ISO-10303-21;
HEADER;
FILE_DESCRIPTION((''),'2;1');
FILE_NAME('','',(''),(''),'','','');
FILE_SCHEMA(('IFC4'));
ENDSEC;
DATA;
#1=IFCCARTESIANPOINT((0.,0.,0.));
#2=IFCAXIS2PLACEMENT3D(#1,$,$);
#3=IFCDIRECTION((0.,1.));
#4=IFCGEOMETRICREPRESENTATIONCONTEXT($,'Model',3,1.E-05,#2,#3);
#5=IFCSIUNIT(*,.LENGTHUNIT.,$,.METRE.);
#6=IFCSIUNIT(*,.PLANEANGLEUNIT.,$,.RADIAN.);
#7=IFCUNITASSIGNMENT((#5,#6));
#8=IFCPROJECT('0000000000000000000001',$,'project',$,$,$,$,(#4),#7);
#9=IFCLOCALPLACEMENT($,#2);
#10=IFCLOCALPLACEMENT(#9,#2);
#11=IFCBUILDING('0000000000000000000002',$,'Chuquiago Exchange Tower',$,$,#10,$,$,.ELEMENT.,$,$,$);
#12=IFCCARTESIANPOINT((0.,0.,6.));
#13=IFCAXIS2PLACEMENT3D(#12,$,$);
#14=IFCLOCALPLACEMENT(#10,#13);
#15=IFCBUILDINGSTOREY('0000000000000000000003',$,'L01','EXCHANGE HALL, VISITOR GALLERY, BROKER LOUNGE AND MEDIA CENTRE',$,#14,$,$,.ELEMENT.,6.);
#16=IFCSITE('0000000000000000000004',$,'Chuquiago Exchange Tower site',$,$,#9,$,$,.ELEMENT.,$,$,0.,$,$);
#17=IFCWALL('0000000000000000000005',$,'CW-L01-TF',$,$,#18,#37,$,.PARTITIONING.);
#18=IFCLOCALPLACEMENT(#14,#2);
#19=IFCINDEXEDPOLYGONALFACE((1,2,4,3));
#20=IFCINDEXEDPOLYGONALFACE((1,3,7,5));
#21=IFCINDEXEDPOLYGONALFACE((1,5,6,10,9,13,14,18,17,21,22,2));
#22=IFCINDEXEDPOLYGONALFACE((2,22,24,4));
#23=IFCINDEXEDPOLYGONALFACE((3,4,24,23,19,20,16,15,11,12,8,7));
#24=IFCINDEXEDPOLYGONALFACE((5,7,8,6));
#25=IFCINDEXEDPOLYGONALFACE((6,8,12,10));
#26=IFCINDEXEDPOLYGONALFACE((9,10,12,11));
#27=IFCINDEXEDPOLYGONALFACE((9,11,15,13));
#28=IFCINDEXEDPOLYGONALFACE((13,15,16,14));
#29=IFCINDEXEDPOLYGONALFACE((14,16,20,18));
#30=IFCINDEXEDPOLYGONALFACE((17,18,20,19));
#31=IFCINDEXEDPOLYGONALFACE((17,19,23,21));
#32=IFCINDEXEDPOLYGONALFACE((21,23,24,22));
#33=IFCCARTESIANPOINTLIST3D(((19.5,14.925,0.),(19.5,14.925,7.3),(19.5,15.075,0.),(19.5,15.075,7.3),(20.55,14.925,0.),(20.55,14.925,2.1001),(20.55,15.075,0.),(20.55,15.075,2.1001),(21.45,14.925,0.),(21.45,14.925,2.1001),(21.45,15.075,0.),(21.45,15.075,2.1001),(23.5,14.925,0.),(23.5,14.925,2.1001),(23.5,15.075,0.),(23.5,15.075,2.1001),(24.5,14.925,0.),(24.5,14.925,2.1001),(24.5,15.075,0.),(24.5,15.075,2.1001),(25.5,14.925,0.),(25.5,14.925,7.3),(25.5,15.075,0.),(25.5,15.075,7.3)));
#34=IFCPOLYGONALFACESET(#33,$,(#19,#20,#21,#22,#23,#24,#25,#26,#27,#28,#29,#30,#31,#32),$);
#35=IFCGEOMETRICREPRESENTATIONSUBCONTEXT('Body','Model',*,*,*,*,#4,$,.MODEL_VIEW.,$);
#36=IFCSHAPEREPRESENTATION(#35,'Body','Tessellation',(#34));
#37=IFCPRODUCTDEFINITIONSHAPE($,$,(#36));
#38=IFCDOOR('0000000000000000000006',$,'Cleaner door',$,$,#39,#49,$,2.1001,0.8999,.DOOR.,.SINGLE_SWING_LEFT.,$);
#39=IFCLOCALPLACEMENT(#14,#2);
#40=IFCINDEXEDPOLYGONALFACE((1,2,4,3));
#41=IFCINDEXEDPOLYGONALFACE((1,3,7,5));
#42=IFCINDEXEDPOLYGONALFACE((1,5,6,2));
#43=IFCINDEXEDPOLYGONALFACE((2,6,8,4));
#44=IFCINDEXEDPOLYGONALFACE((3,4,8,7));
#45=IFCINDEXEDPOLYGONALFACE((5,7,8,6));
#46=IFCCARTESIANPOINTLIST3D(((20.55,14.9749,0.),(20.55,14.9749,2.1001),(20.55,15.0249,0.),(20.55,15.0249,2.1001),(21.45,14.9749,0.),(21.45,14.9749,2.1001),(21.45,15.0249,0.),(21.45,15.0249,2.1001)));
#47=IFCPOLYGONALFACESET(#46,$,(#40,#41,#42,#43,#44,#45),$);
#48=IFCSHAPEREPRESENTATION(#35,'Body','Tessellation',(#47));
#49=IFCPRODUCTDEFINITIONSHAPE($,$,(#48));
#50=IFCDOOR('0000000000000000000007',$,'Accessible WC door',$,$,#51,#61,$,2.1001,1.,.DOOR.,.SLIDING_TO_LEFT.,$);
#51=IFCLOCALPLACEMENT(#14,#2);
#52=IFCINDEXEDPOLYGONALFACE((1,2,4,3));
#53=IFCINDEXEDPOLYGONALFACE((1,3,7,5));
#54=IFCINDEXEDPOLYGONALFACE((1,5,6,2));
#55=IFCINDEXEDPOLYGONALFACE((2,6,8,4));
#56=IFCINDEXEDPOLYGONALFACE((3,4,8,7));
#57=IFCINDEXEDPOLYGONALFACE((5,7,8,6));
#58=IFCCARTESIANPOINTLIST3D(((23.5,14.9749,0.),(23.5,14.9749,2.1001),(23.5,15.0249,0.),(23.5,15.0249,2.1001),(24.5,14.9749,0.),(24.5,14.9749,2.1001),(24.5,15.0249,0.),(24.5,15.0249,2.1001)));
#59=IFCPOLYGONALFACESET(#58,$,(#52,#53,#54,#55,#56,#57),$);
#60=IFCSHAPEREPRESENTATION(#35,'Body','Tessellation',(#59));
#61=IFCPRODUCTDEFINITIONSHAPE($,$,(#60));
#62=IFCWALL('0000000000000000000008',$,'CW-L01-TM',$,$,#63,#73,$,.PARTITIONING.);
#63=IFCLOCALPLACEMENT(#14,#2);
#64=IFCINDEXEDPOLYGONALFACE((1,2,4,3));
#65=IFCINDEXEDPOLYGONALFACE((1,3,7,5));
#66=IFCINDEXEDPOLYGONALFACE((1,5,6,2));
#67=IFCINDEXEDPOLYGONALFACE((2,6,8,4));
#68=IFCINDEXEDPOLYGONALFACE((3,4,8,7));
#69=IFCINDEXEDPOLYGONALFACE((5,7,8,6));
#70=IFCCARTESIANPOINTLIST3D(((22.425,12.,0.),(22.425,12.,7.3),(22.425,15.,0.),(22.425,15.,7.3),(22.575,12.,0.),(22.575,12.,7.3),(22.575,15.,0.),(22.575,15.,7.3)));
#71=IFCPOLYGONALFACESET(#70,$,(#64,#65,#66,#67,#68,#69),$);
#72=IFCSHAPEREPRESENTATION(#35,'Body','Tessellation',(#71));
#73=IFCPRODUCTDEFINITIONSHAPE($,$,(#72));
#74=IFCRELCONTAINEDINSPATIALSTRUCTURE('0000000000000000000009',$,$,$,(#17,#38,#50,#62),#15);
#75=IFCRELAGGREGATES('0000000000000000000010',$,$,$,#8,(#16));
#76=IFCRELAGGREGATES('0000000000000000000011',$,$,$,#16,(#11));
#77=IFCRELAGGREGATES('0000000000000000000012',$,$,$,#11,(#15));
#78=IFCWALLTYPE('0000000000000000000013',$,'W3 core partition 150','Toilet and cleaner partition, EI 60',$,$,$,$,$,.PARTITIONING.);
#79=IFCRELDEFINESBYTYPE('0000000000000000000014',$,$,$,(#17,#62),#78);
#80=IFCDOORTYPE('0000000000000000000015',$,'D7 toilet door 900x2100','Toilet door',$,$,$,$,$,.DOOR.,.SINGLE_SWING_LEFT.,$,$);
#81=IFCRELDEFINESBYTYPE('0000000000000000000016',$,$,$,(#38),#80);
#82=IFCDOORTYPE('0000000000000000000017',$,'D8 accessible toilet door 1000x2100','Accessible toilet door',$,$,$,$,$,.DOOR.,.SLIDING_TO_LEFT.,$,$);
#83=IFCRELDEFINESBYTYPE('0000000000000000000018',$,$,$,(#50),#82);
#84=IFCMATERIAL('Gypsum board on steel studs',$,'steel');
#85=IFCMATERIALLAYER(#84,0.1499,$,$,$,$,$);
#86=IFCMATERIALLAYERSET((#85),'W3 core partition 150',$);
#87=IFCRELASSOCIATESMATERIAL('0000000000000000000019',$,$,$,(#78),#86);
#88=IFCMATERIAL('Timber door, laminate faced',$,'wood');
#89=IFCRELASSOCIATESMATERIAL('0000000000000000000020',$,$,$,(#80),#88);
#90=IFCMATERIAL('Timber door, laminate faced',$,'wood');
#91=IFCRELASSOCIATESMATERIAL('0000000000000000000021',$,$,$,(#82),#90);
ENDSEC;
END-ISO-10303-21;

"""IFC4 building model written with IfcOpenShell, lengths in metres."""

from ifc_helpers import new_model, si_unit, direction, frame, frame_2d, origin, place, context, subcontext, project, spatial, rectangle, extrude, material, layer, layer_set, type_object, element, fill, save


model = new_model("IFC4")

# Units and contexts
model_context = context("Model", 3, precision=1e-05, world=origin(), true_north=direction((0.0, 1.0)))
body_context = subcontext(model_context, "Body", "Model", "MODEL_VIEW")
ifc_project = project(units=[si_unit("LENGTHUNIT", "METRE"), si_unit("PLANEANGLEUNIT", "RADIAN")], contexts=[model_context])

# Site, building, storey
site_placement = place(None, origin())
site = spatial("IfcSite", under=ifc_project, at=site_placement, Name="Chuquiago Exchange Tower site", CompositionType="ELEMENT", RefElevation=0.0)
building_placement = place(site_placement, origin())
building = spatial("IfcBuilding", under=site, at=building_placement, Name="Chuquiago Exchange Tower", CompositionType="ELEMENT")
storey_placement = place(building_placement, frame((0.0, 0.0, 6.0)))
storey = spatial("IfcBuildingStorey", under=building, at=storey_placement, Name="L01", Description="EXCHANGE HALL, VISITOR GALLERY, BROKER LOUNGE AND MEDIA CENTRE", CompositionType="ELEMENT", Elevation=6.0)

# Wall, openings, doors
ifc_material_1 = material(Name="Gypsum board on steel studs", Category="steel")
ifc_layer_1 = layer(ifc_material_1, 0.1499)
ifc_layer_set_1 = layer_set([ifc_layer_1], Name="W3 core partition 150")
wall_type_1 = type_object("IfcWallType", Name="W3 core partition 150", Description="Toilet and cleaner partition, EI 60", PredefinedType="PARTITIONING", material=ifc_layer_set_1)
wall_1_placement = place(storey_placement, frame((19.5, 15.0, 0.0), z_axis=(0.0, 0.0, 1.0), x_axis=(1.0, 0.0, 0.0)))
wall_1 = element("IfcWall", 1, at=wall_1_placement, inside=storey, type_object=wall_type_1, Name="CW-L01-TF", PredefinedType="PARTITIONING", context=body_context, shape_type="SweptSolid", body=[
    extrude(rectangle(XDim=6.0, YDim=0.1499, at=frame_2d((3.0, 0.0))), origin(), (0.0, 0.0, 1.0), 7.3),
])
opening_1_placement = place(wall_1_placement, frame((4.0, 0.0, 0.0)))
opening_1 = element("IfcOpeningElement", 2, at=opening_1_placement, cuts=wall_1, PredefinedType="OPENING", context=body_context, shape_type="SweptSolid", body=[
    extrude(rectangle(XDim=1.0, YDim=2.1001, at=frame_2d((0.5, 1.05))), frame((0.0, 0.085, 0.0), z_axis=(0.0, -1.0, 0.0), x_axis=(1.0, 0.0, 0.0)), (0.0, 0.0, 1.0), 0.1699),
])
opening_2_placement = place(wall_1_placement, frame((1.05, 0.0, 0.0)))
opening_2 = element("IfcOpeningElement", 3, at=opening_2_placement, cuts=wall_1, PredefinedType="OPENING", context=body_context, shape_type="SweptSolid", body=[
    extrude(rectangle(XDim=0.8999, YDim=2.1001, at=frame_2d((0.45, 1.05))), frame((0.0, 0.085, 0.0), z_axis=(0.0, -1.0, 0.0), x_axis=(1.0, 0.0, 0.0)), (0.0, 0.0, 1.0), 0.1699),
])
ifc_material_2 = material(Name="Timber door, laminate faced", Category="wood")
door_type_1 = type_object("IfcDoorType", Name="D7 toilet door 900x2100", Description="Toilet door", OperationType="SINGLE_SWING_LEFT", PredefinedType="DOOR", material=ifc_material_2)
door_1_placement = place(opening_2_placement, origin())
door_1 = element("IfcDoor", 4, at=door_1_placement, inside=storey, type_object=door_type_1, Name="Cleaner door", OperationType="SINGLE_SWING_LEFT", OverallHeight=2.1001, OverallWidth=0.8999, PredefinedType="DOOR", context=body_context, shape_type="SweptSolid", body=[
    extrude(rectangle(XDim=0.8999, YDim=2.1001, at=frame_2d((0.45, 1.05))), frame((0.0, 0.0249, 0.0), z_axis=(0.0, -1.0, 0.0), x_axis=(1.0, 0.0, 0.0)), (0.0, 0.0, 1.0), 0.05),
])
fill(opening_2, door_1)
ifc_material_3 = material(Name="Timber door, laminate faced", Category="wood")
door_type_2 = type_object("IfcDoorType", Name="D8 accessible toilet door 1000x2100", Description="Accessible toilet door", OperationType="SLIDING_TO_LEFT", PredefinedType="DOOR", material=ifc_material_3)
door_2_placement = place(opening_1_placement, origin())
door_2 = element("IfcDoor", 5, at=door_2_placement, inside=storey, type_object=door_type_2, Name="Accessible WC door", OperationType="SLIDING_TO_LEFT", OverallHeight=2.1001, OverallWidth=1.0, PredefinedType="DOOR", context=body_context, shape_type="SweptSolid", body=[
    extrude(rectangle(XDim=1.0, YDim=2.1001, at=frame_2d((0.5, 1.05))), frame((0.0, 0.0249, 0.0), z_axis=(0.0, -1.0, 0.0), x_axis=(1.0, 0.0, 0.0)), (0.0, 0.0, 1.0), 0.05),
])
fill(opening_1, door_2)

# Wall
wall_2_placement = place(storey_placement, frame((22.5, 15.0, 0.0), z_axis=(0.0, 0.0, 1.0), x_axis=(0.0, -1.0, 0.0)))
element("IfcWall", 6, at=wall_2_placement, inside=storey, type_object=wall_type_1, Name="CW-L01-TM", PredefinedType="PARTITIONING", context=body_context, shape_type="SweptSolid", body=[
    extrude(rectangle(XDim=3.0, YDim=0.1499, at=frame_2d((1.5, 0.0))), origin(), (0.0, 0.0, 1.0), 7.3),
])

save(model, "model.ifc")
